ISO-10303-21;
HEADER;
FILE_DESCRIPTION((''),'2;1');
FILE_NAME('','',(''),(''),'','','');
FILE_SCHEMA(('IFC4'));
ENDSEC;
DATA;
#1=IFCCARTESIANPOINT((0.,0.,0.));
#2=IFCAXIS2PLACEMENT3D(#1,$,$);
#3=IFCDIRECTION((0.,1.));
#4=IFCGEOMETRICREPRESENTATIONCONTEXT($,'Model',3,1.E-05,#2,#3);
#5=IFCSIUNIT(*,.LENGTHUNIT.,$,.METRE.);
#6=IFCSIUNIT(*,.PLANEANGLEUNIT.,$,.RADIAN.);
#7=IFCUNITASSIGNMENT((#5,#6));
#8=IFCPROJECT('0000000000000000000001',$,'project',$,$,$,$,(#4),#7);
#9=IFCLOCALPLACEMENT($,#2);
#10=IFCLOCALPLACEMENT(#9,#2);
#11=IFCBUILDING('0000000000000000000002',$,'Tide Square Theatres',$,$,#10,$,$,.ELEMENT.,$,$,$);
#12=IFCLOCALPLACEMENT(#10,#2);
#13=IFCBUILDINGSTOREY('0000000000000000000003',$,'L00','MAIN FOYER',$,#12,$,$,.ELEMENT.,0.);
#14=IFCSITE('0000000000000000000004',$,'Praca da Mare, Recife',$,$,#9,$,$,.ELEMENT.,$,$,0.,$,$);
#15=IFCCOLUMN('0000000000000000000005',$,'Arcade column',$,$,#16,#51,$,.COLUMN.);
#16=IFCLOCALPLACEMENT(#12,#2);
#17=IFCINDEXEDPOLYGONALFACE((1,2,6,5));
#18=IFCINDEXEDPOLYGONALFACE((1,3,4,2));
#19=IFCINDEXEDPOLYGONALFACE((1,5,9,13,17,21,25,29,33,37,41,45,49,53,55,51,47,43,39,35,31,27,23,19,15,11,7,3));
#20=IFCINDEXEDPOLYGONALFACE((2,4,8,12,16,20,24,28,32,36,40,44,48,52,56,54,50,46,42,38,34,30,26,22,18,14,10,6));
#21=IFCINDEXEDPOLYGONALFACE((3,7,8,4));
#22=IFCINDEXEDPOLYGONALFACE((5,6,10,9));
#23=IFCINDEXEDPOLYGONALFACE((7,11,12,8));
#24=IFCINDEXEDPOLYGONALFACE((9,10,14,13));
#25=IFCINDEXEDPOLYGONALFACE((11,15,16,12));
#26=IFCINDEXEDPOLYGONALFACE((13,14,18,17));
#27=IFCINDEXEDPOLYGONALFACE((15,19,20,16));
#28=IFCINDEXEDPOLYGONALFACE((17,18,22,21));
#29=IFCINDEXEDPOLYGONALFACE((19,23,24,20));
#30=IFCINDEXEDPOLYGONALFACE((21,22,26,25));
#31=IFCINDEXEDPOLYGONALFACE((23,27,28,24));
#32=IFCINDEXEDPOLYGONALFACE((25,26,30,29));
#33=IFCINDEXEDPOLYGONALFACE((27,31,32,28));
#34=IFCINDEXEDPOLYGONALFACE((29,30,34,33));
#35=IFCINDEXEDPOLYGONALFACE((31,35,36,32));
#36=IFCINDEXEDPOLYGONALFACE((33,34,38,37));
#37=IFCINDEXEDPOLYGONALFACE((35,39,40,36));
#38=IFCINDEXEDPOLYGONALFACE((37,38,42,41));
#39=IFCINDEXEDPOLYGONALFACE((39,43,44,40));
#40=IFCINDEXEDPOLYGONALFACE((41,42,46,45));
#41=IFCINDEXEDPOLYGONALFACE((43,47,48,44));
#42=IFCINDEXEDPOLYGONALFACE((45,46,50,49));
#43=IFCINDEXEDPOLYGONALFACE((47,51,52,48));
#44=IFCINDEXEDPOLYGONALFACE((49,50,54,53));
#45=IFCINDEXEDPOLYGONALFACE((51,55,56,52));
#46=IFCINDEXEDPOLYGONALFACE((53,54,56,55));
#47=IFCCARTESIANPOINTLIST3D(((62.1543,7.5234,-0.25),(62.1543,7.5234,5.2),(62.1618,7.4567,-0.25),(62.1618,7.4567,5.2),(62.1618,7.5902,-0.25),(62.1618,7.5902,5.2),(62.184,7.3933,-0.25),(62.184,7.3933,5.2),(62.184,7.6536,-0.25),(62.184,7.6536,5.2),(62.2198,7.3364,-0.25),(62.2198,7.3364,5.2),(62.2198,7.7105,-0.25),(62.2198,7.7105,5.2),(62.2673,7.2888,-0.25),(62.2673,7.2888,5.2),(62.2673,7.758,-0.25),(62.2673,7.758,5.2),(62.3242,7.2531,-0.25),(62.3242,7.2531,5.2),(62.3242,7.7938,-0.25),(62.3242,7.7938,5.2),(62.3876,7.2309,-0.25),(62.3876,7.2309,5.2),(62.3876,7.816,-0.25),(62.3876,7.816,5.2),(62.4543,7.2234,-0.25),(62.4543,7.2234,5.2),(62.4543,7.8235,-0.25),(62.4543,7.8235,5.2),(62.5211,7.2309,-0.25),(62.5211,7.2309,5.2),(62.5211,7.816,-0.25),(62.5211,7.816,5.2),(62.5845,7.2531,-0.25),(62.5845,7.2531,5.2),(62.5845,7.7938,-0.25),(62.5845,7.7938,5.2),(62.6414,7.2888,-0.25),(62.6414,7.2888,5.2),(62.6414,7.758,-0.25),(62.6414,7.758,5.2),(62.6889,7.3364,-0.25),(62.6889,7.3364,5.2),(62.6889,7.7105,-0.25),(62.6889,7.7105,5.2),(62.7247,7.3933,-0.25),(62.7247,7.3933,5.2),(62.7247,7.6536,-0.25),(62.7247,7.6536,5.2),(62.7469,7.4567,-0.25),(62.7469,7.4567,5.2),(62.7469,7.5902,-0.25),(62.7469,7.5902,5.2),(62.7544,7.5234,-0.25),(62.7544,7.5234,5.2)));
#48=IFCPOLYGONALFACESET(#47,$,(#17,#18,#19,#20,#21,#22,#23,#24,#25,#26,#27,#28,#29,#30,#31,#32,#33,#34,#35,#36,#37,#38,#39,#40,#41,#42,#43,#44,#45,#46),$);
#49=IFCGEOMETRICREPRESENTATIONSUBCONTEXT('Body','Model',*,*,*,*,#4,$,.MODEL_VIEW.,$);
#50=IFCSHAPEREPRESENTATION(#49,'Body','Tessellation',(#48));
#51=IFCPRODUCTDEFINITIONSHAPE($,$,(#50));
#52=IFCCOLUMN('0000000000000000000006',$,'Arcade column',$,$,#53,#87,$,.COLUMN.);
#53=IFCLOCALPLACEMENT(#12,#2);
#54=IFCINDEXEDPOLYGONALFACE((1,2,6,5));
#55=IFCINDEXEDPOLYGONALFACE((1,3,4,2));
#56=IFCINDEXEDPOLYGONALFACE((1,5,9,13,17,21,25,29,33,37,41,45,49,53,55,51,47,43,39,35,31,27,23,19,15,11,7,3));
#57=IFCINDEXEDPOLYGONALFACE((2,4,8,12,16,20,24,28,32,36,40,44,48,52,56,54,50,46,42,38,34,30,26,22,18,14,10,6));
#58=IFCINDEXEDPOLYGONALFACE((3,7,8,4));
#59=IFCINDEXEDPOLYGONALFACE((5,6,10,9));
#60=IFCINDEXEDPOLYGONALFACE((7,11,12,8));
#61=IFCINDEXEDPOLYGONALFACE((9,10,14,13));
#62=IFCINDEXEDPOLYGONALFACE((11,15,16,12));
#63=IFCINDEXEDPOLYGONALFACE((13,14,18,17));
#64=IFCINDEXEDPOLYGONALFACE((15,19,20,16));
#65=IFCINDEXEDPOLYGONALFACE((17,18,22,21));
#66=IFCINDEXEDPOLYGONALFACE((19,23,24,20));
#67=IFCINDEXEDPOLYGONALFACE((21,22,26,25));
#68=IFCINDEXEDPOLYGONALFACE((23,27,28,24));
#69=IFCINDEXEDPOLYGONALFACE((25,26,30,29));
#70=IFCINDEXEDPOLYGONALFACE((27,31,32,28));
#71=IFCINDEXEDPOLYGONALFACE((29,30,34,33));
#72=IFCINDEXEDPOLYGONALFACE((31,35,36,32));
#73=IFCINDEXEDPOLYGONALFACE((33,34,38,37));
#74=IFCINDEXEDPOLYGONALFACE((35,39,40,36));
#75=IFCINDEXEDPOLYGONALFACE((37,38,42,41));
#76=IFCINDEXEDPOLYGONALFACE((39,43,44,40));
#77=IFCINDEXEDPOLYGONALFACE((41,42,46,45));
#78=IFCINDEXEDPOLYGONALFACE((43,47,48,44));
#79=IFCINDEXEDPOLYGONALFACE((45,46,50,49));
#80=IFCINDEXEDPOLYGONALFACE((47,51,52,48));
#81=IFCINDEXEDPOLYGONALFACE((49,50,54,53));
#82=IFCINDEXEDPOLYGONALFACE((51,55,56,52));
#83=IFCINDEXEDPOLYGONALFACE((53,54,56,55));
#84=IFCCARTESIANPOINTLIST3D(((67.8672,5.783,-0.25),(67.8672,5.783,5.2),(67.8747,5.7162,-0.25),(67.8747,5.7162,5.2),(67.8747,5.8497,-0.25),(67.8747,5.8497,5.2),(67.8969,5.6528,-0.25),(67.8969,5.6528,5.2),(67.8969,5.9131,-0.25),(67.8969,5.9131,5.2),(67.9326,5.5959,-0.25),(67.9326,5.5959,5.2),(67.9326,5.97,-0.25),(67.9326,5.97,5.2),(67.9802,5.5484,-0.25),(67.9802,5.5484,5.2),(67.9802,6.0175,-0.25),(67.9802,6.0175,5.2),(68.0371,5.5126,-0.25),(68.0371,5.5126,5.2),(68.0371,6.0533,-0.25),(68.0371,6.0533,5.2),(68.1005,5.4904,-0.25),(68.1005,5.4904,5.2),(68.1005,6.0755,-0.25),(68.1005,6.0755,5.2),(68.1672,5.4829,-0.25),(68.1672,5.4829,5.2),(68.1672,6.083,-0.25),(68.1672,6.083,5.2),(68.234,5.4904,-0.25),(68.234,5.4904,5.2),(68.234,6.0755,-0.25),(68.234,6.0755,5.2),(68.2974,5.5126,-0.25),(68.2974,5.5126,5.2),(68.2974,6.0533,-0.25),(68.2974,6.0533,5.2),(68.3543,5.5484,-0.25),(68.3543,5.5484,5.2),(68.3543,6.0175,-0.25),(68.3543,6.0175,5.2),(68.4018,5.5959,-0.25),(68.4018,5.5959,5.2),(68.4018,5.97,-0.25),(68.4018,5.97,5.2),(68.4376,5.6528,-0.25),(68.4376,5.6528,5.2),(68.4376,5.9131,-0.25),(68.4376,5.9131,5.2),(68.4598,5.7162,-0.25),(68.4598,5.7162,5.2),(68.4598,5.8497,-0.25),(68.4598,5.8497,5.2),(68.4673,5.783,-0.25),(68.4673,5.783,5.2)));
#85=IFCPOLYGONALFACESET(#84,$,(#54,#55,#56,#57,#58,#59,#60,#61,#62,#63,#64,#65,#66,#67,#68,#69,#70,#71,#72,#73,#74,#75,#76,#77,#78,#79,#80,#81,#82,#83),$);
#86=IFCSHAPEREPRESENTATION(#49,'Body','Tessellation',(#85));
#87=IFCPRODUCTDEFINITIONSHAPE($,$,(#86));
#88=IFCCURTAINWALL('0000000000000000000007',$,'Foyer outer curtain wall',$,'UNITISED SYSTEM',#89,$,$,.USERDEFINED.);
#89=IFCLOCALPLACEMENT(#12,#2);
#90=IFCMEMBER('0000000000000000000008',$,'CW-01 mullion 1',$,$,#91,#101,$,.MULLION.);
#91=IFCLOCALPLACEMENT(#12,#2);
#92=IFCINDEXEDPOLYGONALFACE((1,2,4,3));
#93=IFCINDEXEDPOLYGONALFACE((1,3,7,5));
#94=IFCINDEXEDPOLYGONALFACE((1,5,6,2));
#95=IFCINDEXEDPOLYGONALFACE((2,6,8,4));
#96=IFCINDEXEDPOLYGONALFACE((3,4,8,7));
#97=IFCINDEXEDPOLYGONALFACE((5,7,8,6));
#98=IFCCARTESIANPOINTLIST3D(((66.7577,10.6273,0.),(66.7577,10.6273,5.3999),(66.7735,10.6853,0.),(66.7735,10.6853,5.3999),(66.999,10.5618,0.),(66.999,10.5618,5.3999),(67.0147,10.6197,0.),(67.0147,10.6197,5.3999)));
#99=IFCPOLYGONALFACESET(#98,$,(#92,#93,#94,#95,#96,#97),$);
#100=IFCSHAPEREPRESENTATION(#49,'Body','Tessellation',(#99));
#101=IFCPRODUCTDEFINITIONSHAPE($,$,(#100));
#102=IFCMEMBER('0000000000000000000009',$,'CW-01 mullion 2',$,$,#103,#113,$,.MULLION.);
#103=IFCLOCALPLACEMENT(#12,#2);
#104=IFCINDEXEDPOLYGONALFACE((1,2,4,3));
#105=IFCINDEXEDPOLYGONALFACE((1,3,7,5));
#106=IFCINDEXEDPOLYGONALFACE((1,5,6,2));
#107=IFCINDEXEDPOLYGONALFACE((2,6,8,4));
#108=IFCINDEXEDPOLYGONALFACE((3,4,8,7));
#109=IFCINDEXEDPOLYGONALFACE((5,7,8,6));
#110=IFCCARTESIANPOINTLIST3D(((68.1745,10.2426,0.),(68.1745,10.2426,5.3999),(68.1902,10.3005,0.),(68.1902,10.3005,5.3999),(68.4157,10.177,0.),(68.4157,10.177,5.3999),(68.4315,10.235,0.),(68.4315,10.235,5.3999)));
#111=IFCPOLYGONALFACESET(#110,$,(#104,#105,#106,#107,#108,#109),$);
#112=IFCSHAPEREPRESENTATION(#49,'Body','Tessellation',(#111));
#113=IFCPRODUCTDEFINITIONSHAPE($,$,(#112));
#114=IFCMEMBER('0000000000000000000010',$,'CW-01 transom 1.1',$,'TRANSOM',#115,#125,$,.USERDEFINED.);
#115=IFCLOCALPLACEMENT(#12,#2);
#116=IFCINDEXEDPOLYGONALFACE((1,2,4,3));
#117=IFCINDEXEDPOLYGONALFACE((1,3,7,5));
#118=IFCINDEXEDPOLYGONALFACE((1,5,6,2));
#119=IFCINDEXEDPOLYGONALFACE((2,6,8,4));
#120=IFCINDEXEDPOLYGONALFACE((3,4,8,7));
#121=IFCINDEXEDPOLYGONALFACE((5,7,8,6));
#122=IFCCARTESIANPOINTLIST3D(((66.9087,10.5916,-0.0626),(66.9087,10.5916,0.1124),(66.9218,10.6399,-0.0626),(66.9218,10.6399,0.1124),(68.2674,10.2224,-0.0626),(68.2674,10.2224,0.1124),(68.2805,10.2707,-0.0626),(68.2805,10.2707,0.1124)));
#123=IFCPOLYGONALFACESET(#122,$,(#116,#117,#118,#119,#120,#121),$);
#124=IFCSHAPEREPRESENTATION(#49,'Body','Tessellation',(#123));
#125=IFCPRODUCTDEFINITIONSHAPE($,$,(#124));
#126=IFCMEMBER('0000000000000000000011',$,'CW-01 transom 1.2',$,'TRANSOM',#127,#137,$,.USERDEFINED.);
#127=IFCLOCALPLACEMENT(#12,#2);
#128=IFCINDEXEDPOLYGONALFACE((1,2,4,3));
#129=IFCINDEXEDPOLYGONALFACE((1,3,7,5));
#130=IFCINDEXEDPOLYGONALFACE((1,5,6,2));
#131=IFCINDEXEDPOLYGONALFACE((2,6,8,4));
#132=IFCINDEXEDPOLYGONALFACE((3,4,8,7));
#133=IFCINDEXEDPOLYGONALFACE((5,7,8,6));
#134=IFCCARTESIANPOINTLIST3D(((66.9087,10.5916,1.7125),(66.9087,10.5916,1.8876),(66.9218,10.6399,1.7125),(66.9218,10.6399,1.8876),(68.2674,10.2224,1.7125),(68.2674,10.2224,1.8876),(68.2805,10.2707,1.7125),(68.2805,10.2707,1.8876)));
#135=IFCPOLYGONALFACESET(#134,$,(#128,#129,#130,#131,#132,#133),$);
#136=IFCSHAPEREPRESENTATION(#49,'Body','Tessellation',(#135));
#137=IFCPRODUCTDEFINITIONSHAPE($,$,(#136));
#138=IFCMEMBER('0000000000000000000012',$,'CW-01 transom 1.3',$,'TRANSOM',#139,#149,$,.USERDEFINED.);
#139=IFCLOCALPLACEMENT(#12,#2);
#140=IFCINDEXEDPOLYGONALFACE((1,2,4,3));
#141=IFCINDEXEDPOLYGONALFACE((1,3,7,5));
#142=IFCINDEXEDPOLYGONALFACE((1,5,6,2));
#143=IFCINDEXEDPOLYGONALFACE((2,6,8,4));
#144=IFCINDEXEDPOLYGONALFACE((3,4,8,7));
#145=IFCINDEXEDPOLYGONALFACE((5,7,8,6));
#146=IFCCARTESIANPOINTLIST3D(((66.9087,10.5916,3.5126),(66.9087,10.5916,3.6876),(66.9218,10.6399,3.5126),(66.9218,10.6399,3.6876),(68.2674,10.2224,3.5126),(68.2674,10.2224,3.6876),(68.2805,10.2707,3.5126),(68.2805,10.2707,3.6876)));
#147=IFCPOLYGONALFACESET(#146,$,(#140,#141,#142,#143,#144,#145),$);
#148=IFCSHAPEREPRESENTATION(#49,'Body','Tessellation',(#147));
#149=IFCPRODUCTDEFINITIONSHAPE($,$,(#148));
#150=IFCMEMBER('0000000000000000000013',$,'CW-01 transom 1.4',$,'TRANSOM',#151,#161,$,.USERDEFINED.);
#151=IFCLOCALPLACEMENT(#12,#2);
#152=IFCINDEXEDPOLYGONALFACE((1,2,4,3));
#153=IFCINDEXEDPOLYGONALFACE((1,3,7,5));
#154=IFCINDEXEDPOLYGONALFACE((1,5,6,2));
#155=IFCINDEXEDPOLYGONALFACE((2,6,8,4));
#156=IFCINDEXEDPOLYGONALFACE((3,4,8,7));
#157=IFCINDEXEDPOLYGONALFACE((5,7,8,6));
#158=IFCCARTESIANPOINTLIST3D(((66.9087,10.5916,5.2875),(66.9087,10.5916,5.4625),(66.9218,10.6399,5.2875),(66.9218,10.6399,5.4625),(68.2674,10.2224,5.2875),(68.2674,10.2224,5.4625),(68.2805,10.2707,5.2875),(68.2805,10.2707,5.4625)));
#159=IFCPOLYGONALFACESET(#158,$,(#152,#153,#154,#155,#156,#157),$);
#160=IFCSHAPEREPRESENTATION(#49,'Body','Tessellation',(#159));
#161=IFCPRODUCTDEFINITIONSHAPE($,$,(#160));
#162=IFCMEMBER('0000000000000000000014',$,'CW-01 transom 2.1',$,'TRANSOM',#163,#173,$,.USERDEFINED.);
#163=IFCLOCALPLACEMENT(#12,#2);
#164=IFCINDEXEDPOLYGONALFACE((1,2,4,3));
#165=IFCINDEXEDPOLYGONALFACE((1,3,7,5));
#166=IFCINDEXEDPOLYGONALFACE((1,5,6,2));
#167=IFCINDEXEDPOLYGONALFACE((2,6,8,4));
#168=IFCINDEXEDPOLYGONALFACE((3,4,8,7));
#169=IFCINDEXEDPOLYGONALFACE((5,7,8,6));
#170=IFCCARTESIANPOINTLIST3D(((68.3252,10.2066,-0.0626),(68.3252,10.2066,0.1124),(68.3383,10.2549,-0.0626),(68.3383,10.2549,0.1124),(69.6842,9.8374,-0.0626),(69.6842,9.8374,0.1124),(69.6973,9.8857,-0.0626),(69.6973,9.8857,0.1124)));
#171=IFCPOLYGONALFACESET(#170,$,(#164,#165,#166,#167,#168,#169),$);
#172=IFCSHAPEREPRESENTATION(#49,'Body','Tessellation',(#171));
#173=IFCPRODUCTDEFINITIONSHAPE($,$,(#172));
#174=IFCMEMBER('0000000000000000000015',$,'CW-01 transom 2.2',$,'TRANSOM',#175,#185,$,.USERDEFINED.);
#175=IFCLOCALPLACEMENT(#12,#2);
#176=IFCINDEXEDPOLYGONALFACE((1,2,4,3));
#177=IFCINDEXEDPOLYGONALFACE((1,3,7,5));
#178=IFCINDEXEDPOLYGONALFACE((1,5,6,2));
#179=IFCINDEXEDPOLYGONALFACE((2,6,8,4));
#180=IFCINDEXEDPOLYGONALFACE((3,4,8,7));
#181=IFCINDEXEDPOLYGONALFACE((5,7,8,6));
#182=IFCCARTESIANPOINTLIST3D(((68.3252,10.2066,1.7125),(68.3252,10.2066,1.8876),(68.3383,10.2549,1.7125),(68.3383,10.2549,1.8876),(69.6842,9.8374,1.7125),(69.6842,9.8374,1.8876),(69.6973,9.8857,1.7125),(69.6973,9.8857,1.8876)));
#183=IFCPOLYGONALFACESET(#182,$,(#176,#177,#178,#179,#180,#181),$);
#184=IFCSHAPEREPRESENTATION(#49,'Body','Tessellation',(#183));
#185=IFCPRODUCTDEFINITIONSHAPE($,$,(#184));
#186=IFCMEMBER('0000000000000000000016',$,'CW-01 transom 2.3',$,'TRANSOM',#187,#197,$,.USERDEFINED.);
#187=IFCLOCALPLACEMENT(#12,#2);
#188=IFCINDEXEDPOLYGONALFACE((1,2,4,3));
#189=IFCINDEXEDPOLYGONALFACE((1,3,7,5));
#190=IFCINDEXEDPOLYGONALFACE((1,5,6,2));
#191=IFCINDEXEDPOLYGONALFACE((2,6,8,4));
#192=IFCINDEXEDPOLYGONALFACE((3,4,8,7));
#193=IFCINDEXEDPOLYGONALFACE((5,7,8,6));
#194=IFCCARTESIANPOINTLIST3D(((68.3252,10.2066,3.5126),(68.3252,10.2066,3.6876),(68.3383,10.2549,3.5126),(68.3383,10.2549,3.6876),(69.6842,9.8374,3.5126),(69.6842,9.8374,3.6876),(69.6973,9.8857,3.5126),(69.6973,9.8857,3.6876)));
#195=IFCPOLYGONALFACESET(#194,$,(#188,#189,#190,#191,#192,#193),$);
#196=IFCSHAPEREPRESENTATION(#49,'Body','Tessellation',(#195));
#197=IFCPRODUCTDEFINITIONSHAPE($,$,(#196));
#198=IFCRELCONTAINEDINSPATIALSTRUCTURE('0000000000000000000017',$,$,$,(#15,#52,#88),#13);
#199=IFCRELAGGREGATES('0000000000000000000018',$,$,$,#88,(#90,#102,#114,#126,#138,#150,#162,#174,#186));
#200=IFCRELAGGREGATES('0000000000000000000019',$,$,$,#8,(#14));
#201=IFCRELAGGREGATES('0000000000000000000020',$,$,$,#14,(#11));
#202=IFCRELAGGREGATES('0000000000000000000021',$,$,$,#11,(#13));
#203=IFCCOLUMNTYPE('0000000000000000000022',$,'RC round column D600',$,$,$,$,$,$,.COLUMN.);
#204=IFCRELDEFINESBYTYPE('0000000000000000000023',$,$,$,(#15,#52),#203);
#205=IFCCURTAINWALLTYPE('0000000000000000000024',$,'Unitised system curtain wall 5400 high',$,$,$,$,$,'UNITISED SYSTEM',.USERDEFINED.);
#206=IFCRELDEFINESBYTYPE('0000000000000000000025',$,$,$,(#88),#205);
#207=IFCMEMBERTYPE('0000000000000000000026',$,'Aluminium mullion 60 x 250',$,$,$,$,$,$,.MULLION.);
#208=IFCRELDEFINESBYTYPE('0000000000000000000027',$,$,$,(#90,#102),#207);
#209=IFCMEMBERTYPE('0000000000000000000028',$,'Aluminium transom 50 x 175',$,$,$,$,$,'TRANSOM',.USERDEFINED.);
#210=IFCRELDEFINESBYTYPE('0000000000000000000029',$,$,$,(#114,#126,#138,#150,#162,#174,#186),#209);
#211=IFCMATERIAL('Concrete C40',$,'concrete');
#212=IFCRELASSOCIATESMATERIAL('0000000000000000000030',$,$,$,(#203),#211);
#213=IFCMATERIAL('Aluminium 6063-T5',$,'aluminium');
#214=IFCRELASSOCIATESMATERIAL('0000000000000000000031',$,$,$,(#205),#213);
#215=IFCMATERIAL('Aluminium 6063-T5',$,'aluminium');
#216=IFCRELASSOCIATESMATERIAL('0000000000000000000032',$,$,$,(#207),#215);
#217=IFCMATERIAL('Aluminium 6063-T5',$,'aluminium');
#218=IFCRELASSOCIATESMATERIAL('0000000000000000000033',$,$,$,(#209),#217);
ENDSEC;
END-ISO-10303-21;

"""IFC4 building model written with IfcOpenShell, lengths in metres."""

from ifc_helpers import new_model, si_unit, direction, frame, origin, origin_2d, place, context, subcontext, project, spatial, rectangle, circle, extrude, material, material_profile, profile_set, type_object, element, aggregate, save


model = new_model("IFC4")

# Units and contexts
model_context = context("Model", 3, precision=1e-05, world=origin(), true_north=direction((0.0, 1.0)))
body_context = subcontext(model_context, "Body", "Model", "MODEL_VIEW")
ifc_project = project(units=[si_unit("LENGTHUNIT", "METRE"), si_unit("PLANEANGLEUNIT", "RADIAN")], contexts=[model_context])

# Site, building, storey
site_placement = place(None, origin())
site = spatial("IfcSite", under=ifc_project, at=site_placement, Name="Praca da Mare, Recife", CompositionType="ELEMENT", RefElevation=0.0)
building_placement = place(site_placement, origin())
building = spatial("IfcBuilding", under=site, at=building_placement, Name="Tide Square Theatres", CompositionType="ELEMENT")
storey_placement = place(building_placement, origin())
storey = spatial("IfcBuildingStorey", under=building, at=storey_placement, Name="L00", Description="MAIN FOYER", CompositionType="ELEMENT", Elevation=0.0)

# Columns
ifc_material_1 = material(Name="Concrete C40", Category="concrete")
ifc_material_profile_1 = material_profile(ifc_material_1, circle(Radius=0.3, at=origin_2d()))
ifc_profile_set_1 = profile_set([ifc_material_profile_1], Name="Concrete C40")
column_type_1 = type_object("IfcColumnType", Name="RC round column D600", PredefinedType="COLUMN", material=ifc_profile_set_1)
for number, where, z_axis, x_axis, name in (
    (1, (62.4543, 7.5234, -0.25), (0.0, 0.0, 1.0), (1.0, 0.0, 0.0), "Arcade column"),
    (2, (68.1672, 5.783, -0.25), (0.0, 0.0, 1.0), (1.0, 0.0, 0.0), "Arcade column"),
):
    element("IfcColumn", number, at=place(storey_placement, frame(where, z_axis=z_axis, x_axis=x_axis)), inside=storey, type_object=column_type_1, Name=name, PredefinedType="COLUMN", context=body_context, shape_type="SweptSolid", body=[
        extrude(circle(Radius=0.3, at=origin_2d()), origin(), (0.0, 0.0, 1.0), 5.45),
    ])

# Curtain wall, members
ifc_material_2 = material(Name="Aluminium 6063-T5", Category="aluminium")
curtain_wall_type = type_object("IfcCurtainWallType", Name="Unitised system curtain wall 5400 high", ElementType="UNITISED SYSTEM", PredefinedType="USERDEFINED", material=ifc_material_2)
curtain_wall_placement = place(storey_placement, origin())
curtain_wall = element("IfcCurtainWall", 3, at=curtain_wall_placement, inside=storey, type_object=curtain_wall_type, Name="Foyer outer curtain wall", ObjectType="UNITISED SYSTEM", PredefinedType="USERDEFINED")
ifc_material_3 = material(Name="Aluminium 6063-T5", Category="aluminium")
ifc_material_profile_2 = material_profile(ifc_material_3, rectangle(XDim=0.0601, YDim=0.25, at=origin_2d()))
ifc_profile_set_2 = profile_set([ifc_material_profile_2], Name="Aluminium 6063-T5")
member_type_1 = type_object("IfcMemberType", Name="Aluminium mullion 60 x 250", PredefinedType="MULLION", material=ifc_profile_set_2)
member_1_placement = place(storey_placement, frame((66.8862, 10.6235, 0.0), z_axis=(0.0, 0.0, 1.0), x_axis=(0.262214, 0.96501, 0.0)))
member_1 = element("IfcMember", 4, at=member_1_placement, type_object=member_type_1, Name="CW-01 mullion 1", PredefinedType="MULLION", context=body_context, shape_type="SweptSolid", body=[
    extrude(rectangle(XDim=0.0601, YDim=0.25, at=origin_2d()), origin(), (0.0, 0.0, 1.0), 5.3999),
])
member_2_placement = place(storey_placement, frame((68.303, 10.2388, 0.0), z_axis=(0.0, 0.0, 1.0), x_axis=(0.262214, 0.96501, 0.0)))
member_2 = element("IfcMember", 5, at=member_2_placement, type_object=member_type_1, Name="CW-01 mullion 2", PredefinedType="MULLION", context=body_context, shape_type="SweptSolid", body=[
    extrude(rectangle(XDim=0.0601, YDim=0.25, at=origin_2d()), origin(), (0.0, 0.0, 1.0), 5.3999),
])
ifc_material_4 = material(Name="Aluminium 6063-T5", Category="aluminium")
ifc_material_profile_3 = material_profile(ifc_material_4, rectangle(XDim=0.05, YDim=0.175, at=origin_2d()))
ifc_profile_set_3 = profile_set([ifc_material_profile_3], Name="Aluminium 6063-T5")
member_type_2 = type_object("IfcMemberType", Name="Aluminium transom 50 x 175", ElementType="TRANSOM", PredefinedType="USERDEFINED", material=ifc_profile_set_3)
member_3_placement = place(storey_placement, frame((66.9153, 10.6157, 0.0249), z_axis=(0.965015, -0.262193, 0.0), x_axis=(0.262193, 0.965015, 0.0)))
member_3 = element("IfcMember", 6, at=member_3_placement, type_object=member_type_2, Name="CW-01 transom 1.1", ObjectType="TRANSOM", PredefinedType="USERDEFINED", context=body_context, shape_type="SweptSolid", body=[
    extrude(rectangle(XDim=0.05, YDim=0.175, at=origin_2d()), origin(), (0.0, 0.0, 1.0), 1.408),
])
member_4_placement = place(storey_placement, frame((66.9153, 10.6157, 1.8), z_axis=(0.965015, -0.262193, 0.0), x_axis=(0.262193, 0.965015, 0.0)))
member_4 = element("IfcMember", 7, at=member_4_placement, type_object=member_type_2, Name="CW-01 transom 1.2", ObjectType="TRANSOM", PredefinedType="USERDEFINED", context=body_context, shape_type="SweptSolid", body=[
    extrude(rectangle(XDim=0.05, YDim=0.175, at=origin_2d()), origin(), (0.0, 0.0, 1.0), 1.408),
])
member_5_placement = place(storey_placement, frame((66.9153, 10.6157, 3.6001), z_axis=(0.965015, -0.262193, 0.0), x_axis=(0.262193, 0.965015, 0.0)))
member_5 = element("IfcMember", 8, at=member_5_placement, type_object=member_type_2, Name="CW-01 transom 1.3", ObjectType="TRANSOM", PredefinedType="USERDEFINED", context=body_context, shape_type="SweptSolid", body=[
    extrude(rectangle(XDim=0.05, YDim=0.175, at=origin_2d()), origin(), (0.0, 0.0, 1.0), 1.408),
])
member_6_placement = place(storey_placement, frame((66.9153, 10.6157, 5.375), z_axis=(0.965015, -0.262193, 0.0), x_axis=(0.262193, 0.965015, 0.0)))
member_6 = element("IfcMember", 9, at=member_6_placement, type_object=member_type_2, Name="CW-01 transom 1.4", ObjectType="TRANSOM", PredefinedType="USERDEFINED", context=body_context, shape_type="SweptSolid", body=[
    extrude(rectangle(XDim=0.05, YDim=0.175, at=origin_2d()), origin(), (0.0, 0.0, 1.0), 1.408),
])
member_7_placement = place(storey_placement, frame((68.3318, 10.2307, 0.0249), z_axis=(0.965027, -0.262149, 0.0), x_axis=(0.262149, 0.965027, 0.0)))
member_7 = element("IfcMember", 10, at=member_7_placement, type_object=member_type_2, Name="CW-01 transom 2.1", ObjectType="TRANSOM", PredefinedType="USERDEFINED", context=body_context, shape_type="SweptSolid", body=[
    extrude(rectangle(XDim=0.05, YDim=0.175, at=origin_2d()), origin(), (0.0, 0.0, 1.0), 1.4082),
])
member_8_placement = place(storey_placement, frame((68.3318, 10.2307, 1.8), z_axis=(0.965027, -0.262149, 0.0), x_axis=(0.262149, 0.965027, 0.0)))
member_8 = element("IfcMember", 11, at=member_8_placement, type_object=member_type_2, Name="CW-01 transom 2.2", ObjectType="TRANSOM", PredefinedType="USERDEFINED", context=body_context, shape_type="SweptSolid", body=[
    extrude(rectangle(XDim=0.05, YDim=0.175, at=origin_2d()), origin(), (0.0, 0.0, 1.0), 1.4082),
])
member_9_placement = place(storey_placement, frame((68.3318, 10.2307, 3.6001), z_axis=(0.965027, -0.262149, 0.0), x_axis=(0.262149, 0.965027, 0.0)))
member_9 = element("IfcMember", 12, at=member_9_placement, type_object=member_type_2, Name="CW-01 transom 2.3", ObjectType="TRANSOM", PredefinedType="USERDEFINED", context=body_context, shape_type="SweptSolid", body=[
    extrude(rectangle(XDim=0.05, YDim=0.175, at=origin_2d()), origin(), (0.0, 0.0, 1.0), 1.4082),
])
aggregate(curtain_wall, [member_1, member_2, member_3, member_4, member_5, member_6, member_7, member_8, member_9])

save(model, "model.ifc")
